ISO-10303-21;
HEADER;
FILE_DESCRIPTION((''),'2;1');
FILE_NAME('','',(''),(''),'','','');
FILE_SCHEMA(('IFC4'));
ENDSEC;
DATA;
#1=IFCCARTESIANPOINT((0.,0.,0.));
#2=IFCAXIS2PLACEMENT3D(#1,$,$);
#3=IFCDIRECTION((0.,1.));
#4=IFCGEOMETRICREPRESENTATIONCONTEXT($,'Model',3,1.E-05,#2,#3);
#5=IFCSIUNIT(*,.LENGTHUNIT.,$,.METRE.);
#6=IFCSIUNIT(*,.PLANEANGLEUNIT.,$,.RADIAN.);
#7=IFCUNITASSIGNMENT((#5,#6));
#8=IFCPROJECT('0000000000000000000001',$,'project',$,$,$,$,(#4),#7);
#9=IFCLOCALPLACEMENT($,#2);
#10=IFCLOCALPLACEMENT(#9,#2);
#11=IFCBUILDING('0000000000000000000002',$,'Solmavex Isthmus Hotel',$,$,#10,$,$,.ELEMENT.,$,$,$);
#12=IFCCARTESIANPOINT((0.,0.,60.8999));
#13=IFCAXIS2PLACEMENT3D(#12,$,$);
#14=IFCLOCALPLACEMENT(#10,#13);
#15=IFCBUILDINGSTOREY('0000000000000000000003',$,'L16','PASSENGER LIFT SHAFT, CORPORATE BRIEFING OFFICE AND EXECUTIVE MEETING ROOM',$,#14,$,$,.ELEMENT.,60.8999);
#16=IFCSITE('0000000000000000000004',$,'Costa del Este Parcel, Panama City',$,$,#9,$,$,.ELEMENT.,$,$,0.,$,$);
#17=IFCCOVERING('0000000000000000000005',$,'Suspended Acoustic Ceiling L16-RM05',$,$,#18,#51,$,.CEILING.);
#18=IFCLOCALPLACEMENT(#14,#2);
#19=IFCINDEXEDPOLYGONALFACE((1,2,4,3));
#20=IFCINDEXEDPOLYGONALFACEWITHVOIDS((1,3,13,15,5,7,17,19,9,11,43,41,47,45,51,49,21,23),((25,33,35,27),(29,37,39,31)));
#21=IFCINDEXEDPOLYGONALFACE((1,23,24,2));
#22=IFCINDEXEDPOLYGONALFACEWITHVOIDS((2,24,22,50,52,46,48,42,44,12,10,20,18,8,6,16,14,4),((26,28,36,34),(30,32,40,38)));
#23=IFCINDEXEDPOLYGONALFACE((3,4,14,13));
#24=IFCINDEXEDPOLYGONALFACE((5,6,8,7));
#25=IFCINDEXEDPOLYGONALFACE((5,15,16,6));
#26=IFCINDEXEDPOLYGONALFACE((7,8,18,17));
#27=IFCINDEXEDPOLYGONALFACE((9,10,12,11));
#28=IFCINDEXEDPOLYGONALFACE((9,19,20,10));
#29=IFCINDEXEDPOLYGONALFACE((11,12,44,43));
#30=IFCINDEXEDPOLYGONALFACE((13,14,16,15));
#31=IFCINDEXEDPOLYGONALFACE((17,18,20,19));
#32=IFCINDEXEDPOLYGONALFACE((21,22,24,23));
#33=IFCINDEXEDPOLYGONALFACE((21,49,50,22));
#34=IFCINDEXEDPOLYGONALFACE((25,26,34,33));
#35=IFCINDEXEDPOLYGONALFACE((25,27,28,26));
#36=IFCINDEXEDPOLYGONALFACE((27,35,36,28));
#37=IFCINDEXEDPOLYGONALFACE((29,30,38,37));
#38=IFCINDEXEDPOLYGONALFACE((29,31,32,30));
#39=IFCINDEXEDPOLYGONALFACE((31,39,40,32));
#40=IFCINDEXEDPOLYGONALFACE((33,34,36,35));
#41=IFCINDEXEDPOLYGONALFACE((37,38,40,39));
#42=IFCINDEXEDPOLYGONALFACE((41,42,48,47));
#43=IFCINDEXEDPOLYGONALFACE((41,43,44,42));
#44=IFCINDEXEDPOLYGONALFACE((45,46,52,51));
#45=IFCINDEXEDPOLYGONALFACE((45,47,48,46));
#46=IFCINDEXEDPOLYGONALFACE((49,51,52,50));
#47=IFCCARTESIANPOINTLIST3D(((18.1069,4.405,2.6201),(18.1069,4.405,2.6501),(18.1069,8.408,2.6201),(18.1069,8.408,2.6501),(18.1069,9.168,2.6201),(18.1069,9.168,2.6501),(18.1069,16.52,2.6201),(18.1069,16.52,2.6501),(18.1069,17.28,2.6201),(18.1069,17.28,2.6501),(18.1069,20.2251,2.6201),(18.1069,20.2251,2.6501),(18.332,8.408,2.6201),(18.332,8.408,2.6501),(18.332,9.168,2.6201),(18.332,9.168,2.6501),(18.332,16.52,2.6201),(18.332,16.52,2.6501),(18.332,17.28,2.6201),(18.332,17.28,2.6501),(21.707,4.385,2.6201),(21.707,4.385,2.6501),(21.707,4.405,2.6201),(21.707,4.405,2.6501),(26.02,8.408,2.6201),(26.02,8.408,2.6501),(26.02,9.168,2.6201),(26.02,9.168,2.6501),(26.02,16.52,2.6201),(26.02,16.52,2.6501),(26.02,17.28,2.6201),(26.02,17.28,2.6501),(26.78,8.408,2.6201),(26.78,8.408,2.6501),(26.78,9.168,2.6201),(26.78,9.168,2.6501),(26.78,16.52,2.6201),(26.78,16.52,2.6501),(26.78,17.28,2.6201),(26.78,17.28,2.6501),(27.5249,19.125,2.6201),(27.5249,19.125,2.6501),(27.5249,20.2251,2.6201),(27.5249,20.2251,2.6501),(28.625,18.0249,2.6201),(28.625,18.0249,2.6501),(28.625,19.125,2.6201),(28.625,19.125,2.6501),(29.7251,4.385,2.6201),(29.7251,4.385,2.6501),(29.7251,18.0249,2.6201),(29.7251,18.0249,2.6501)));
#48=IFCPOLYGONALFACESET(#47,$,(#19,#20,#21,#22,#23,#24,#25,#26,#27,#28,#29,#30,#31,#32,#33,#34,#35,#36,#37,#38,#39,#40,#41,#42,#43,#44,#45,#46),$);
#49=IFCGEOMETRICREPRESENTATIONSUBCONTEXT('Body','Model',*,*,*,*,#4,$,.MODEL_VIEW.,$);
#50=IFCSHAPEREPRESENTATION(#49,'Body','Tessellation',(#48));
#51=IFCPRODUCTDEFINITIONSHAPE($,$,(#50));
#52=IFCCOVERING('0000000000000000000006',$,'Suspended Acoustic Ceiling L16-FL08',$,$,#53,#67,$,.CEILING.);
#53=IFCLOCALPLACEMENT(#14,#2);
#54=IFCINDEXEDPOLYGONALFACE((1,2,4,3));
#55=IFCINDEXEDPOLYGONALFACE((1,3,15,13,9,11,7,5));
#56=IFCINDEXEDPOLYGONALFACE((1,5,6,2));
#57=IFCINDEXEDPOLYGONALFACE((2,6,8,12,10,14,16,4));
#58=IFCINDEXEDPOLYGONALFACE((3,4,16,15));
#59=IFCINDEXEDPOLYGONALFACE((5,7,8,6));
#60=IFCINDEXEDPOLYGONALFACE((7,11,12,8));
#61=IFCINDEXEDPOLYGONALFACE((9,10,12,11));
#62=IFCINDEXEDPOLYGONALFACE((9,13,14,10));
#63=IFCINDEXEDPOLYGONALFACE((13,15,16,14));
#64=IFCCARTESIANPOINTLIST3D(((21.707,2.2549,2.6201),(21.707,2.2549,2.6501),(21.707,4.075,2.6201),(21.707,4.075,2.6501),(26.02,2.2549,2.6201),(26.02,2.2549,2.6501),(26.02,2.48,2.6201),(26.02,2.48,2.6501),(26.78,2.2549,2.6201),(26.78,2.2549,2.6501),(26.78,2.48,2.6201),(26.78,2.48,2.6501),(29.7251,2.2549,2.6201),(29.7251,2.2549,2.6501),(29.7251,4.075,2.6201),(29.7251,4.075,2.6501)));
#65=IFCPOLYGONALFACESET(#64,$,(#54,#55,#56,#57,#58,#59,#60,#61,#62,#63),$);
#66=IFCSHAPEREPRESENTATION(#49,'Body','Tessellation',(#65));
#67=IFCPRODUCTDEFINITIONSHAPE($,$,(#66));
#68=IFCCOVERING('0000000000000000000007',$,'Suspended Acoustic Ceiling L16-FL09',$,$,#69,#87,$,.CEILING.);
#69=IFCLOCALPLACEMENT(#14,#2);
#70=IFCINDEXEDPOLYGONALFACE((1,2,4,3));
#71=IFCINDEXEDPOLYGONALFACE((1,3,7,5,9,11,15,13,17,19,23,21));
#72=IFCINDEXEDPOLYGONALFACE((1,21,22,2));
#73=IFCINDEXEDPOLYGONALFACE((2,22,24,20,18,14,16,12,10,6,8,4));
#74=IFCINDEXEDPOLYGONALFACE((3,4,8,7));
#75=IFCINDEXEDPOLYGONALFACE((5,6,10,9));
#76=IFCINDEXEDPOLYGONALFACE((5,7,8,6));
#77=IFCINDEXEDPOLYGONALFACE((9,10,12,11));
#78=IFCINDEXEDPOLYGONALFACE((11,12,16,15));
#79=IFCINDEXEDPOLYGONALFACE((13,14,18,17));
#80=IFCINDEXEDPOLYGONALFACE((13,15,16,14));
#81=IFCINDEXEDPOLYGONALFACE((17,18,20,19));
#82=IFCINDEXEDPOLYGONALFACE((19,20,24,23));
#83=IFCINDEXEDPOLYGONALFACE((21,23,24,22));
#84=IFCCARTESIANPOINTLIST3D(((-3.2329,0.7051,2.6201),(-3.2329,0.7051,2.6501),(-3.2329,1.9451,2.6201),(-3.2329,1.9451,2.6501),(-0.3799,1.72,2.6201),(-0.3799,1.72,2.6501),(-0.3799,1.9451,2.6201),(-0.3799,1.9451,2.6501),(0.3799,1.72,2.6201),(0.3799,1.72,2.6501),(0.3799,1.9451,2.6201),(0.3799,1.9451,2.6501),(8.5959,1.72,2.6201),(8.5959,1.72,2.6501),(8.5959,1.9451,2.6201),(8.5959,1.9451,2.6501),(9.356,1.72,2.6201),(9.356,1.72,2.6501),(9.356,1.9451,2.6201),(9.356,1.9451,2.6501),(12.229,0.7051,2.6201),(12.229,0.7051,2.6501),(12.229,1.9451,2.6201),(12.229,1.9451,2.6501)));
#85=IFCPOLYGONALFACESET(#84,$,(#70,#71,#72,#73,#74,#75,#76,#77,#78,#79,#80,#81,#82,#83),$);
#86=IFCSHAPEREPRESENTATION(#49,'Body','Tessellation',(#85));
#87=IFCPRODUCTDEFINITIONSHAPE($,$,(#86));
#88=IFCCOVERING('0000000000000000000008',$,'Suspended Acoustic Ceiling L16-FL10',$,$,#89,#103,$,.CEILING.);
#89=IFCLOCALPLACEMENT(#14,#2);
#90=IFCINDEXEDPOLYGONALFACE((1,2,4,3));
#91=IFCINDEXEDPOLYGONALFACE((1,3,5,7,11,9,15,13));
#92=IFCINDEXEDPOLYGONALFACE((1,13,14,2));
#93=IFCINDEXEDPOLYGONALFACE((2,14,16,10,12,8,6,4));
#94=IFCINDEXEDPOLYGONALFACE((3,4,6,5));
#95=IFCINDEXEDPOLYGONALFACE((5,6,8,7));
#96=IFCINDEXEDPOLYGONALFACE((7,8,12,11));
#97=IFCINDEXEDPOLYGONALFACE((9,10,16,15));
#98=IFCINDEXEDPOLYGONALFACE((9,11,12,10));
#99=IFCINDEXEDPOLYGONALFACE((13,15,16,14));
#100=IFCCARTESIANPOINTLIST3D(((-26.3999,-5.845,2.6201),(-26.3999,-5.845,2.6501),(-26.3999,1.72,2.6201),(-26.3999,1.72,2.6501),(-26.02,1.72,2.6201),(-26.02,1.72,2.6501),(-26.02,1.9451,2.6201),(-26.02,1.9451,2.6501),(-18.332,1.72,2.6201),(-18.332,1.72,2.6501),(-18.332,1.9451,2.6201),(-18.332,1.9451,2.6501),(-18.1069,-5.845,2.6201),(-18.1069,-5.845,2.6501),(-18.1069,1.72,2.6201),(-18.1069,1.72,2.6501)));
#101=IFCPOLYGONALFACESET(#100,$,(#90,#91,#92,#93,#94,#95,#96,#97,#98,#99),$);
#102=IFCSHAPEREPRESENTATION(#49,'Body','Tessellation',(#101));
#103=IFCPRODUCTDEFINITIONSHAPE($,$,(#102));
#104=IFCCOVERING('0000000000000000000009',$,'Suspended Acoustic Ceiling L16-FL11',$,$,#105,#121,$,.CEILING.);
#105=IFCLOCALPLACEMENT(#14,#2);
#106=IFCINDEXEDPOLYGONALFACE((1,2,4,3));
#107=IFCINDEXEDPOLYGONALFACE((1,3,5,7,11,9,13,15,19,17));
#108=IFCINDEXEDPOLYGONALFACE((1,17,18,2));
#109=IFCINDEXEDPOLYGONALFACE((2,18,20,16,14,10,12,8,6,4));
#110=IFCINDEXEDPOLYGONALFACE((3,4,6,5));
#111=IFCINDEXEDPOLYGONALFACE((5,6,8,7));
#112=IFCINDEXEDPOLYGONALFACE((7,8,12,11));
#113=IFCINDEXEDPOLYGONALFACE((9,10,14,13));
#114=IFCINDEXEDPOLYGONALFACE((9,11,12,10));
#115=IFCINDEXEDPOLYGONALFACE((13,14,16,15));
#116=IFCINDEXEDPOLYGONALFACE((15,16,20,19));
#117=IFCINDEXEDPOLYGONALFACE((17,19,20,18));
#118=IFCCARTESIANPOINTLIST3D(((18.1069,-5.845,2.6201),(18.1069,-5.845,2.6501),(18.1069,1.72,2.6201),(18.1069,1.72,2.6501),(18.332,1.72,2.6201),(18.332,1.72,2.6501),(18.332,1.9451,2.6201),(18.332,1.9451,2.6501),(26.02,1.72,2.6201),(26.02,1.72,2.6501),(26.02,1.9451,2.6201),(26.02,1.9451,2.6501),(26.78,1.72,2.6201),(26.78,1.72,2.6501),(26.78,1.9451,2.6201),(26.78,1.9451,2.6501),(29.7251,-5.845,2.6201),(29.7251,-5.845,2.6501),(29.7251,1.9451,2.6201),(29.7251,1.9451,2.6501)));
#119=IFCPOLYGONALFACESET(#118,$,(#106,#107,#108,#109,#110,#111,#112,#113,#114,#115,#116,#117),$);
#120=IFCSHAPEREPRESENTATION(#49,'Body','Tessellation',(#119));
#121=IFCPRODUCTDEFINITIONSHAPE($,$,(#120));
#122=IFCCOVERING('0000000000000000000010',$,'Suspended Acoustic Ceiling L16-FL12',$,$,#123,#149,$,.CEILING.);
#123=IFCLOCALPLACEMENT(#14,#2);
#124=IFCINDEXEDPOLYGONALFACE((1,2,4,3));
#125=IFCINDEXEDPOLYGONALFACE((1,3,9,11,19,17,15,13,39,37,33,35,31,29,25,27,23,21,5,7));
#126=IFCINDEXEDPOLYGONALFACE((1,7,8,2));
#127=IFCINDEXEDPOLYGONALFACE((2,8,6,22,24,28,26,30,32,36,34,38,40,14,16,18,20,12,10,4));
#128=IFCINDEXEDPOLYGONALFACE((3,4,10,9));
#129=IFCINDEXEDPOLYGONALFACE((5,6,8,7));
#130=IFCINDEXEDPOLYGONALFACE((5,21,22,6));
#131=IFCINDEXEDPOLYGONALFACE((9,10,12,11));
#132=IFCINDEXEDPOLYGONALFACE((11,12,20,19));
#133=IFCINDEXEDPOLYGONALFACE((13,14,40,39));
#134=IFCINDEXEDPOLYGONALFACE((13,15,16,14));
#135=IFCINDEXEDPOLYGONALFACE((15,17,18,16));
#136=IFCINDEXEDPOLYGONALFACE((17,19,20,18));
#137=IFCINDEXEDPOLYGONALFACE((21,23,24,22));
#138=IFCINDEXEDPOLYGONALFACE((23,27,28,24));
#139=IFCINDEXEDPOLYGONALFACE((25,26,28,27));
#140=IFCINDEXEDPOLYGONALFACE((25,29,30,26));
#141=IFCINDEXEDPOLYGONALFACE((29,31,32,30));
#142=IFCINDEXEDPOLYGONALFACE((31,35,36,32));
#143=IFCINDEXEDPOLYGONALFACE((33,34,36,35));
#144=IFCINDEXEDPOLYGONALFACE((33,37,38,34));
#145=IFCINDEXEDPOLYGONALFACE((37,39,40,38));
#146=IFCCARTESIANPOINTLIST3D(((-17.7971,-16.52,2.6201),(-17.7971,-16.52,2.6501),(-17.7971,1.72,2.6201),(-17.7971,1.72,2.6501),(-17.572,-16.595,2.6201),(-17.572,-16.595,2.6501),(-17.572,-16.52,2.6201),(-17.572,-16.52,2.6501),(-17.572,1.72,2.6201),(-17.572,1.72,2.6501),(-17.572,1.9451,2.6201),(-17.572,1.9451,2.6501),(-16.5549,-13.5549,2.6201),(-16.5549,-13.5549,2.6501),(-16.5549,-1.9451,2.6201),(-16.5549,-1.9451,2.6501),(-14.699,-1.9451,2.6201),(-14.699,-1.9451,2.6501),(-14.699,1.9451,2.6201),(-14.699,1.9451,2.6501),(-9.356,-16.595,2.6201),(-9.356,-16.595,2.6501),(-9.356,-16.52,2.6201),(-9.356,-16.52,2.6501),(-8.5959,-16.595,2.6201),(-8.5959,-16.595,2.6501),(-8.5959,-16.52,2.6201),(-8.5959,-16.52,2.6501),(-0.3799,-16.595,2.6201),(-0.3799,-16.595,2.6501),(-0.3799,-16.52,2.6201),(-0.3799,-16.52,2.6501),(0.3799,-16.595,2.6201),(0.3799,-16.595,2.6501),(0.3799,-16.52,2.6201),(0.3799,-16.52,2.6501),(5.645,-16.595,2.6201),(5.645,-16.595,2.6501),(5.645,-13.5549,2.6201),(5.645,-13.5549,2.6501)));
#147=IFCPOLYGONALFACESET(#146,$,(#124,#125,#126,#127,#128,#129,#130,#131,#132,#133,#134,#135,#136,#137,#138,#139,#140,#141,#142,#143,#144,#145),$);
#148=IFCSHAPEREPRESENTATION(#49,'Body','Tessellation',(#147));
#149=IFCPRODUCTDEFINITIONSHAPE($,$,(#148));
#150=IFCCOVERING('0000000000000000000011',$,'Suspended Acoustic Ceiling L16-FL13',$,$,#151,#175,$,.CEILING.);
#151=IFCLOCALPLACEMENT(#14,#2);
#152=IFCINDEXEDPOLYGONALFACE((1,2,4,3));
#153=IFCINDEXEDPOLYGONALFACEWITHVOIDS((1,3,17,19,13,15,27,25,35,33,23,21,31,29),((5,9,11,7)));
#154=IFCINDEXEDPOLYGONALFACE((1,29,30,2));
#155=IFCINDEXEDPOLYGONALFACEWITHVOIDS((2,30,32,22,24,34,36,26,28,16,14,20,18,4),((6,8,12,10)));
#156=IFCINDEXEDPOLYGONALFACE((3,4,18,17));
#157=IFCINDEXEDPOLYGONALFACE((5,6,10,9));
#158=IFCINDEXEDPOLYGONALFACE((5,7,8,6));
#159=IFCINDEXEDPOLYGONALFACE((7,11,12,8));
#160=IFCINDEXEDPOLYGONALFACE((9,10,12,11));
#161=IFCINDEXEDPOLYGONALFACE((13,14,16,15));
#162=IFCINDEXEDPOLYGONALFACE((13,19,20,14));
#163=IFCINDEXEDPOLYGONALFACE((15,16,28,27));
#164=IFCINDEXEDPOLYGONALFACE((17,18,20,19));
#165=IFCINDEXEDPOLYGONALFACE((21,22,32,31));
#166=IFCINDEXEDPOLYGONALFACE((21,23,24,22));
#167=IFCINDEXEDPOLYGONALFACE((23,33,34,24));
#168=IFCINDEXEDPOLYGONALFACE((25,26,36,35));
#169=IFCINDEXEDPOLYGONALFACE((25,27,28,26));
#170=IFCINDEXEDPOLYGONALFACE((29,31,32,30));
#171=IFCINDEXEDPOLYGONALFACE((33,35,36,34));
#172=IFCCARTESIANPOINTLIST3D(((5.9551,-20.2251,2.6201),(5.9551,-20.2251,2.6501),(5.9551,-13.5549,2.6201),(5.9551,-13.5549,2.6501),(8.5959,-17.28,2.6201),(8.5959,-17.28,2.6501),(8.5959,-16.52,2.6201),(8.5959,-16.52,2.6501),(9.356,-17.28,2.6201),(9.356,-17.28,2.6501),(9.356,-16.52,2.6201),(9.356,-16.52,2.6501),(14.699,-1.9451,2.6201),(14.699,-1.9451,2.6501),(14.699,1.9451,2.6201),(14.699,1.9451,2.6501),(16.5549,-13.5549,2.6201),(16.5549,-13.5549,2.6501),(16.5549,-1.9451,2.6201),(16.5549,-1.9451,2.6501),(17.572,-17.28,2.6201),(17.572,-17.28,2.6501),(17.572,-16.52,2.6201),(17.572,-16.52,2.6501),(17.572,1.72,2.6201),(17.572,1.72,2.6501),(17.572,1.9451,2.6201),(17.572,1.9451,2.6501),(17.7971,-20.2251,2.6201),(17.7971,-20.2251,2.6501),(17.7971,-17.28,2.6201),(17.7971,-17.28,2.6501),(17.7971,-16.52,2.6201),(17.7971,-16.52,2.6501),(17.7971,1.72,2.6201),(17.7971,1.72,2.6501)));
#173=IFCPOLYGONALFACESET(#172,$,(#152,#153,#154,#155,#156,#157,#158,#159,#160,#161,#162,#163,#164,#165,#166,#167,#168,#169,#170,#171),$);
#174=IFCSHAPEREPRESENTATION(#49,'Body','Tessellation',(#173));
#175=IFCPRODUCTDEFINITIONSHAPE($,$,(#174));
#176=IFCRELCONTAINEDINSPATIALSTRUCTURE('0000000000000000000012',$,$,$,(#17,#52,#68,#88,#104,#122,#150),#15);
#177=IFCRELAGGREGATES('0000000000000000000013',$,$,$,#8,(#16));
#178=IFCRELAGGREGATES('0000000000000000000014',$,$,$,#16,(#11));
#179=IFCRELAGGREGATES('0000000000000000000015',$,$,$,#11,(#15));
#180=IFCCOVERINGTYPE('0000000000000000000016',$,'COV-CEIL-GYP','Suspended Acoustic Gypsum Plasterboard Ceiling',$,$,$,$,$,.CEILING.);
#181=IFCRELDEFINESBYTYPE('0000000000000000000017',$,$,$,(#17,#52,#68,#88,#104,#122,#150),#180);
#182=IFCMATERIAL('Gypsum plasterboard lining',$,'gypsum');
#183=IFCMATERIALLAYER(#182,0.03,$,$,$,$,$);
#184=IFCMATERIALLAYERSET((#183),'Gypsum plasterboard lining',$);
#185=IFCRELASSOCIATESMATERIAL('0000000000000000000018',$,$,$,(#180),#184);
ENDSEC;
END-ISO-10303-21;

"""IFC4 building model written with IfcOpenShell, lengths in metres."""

from ifc_helpers import new_model, si_unit, direction, frame, origin, place, context, subcontext, project, spatial, polyline, outline, extrude, material, layer, layer_set, type_object, element, save


model = new_model("IFC4")

# Units and contexts
model_context = context("Model", 3, precision=1e-05, world=origin(), true_north=direction((0.0, 1.0)))
body_context = subcontext(model_context, "Body", "Model", "MODEL_VIEW")
ifc_project = project(units=[si_unit("LENGTHUNIT", "METRE"), si_unit("PLANEANGLEUNIT", "RADIAN")], contexts=[model_context])

# Site, building, storey
site_placement = place(None, origin())
site = spatial("IfcSite", under=ifc_project, at=site_placement, Name="Costa del Este Parcel, Panama City", CompositionType="ELEMENT", RefElevation=0.0)
building_placement = place(site_placement, origin())
building = spatial("IfcBuilding", under=site, at=building_placement, Name="Solmavex Isthmus Hotel", CompositionType="ELEMENT")
storey_placement = place(building_placement, frame((0.0, 0.0, 60.8999)))
storey = spatial("IfcBuildingStorey", under=building, at=storey_placement, Name="L16", Description="PASSENGER LIFT SHAFT, CORPORATE BRIEFING OFFICE AND EXECUTIVE MEETING ROOM", CompositionType="ELEMENT", Elevation=60.8999)

# Coverings
ifc_material_1 = material(Name="Gypsum plasterboard lining", Category="gypsum")
ifc_layer_1 = layer(ifc_material_1, 0.03)
ifc_layer_set_1 = layer_set([ifc_layer_1], Name="Gypsum plasterboard lining")
covering_type_1 = type_object("IfcCoveringType", Name="COV-CEIL-GYP", Description="Suspended Acoustic Gypsum Plasterboard Ceiling", PredefinedType="CEILING", material=ifc_layer_set_1)
covering_1_placement = place(storey_placement, frame((0.0, 0.0, 2.6201)))
element("IfcCovering", 1, at=covering_1_placement, inside=storey, type_object=covering_type_1, Name="Suspended Acoustic Ceiling L16-RM05", PredefinedType="CEILING", context=body_context, shape_type="SweptSolid", body=[
    extrude(outline(polyline([(18.1069, 9.168), (18.332, 9.168), (18.332, 8.408), (18.1069, 8.408), (18.1069, 4.405), (21.707, 4.405), (21.707, 4.385), (29.7251, 4.385), (29.7251, 18.0249), (28.625, 18.0249), (28.625, 19.125), (27.5249, 19.125), (27.5249, 20.2251), (18.1069, 20.2251), (18.1069, 17.28), (18.332, 17.28), (18.332, 16.52), (18.1069, 16.52), (18.1069, 9.168)]), holes=[polyline([(26.02, 8.408), (26.02, 9.168), (26.78, 9.168), (26.78, 8.408), (26.02, 8.408)]), polyline([(26.02, 16.52), (26.02, 17.28), (26.78, 17.28), (26.78, 16.52), (26.02, 16.52)])]), origin(), (0.0, 0.0, 1.0), 0.03),
])
covering_2_placement = place(storey_placement, frame((0.0, 0.0, 2.6201)))
element("IfcCovering", 2, at=covering_2_placement, inside=storey, type_object=covering_type_1, Name="Suspended Acoustic Ceiling L16-FL08", PredefinedType="CEILING", context=body_context, shape_type="SweptSolid", body=[
    extrude(outline(polyline([(26.02, 2.2549), (26.02, 2.48), (26.78, 2.48), (26.78, 2.2549), (29.7251, 2.2549), (29.7251, 4.075), (21.707, 4.075), (21.707, 2.2549), (26.02, 2.2549)])), origin(), (0.0, 0.0, 1.0), 0.03),
])
covering_3_placement = place(storey_placement, frame((0.0, 0.0, 2.6201)))
element("IfcCovering", 3, at=covering_3_placement, inside=storey, type_object=covering_type_1, Name="Suspended Acoustic Ceiling L16-FL09", PredefinedType="CEILING", context=body_context, shape_type="SweptSolid", body=[
    extrude(outline(polyline([(0.3799, 1.9451), (0.3799, 1.72), (-0.3799, 1.72), (-0.3799, 1.9451), (-3.2329, 1.9451), (-3.2329, 0.7051), (12.229, 0.7051), (12.229, 1.9451), (9.356, 1.9451), (9.356, 1.72), (8.5959, 1.72), (8.5959, 1.9451), (0.3799, 1.9451)])), origin(), (0.0, 0.0, 1.0), 0.03),
])
covering_4_placement = place(storey_placement, frame((0.0, 0.0, 2.6201)))
element("IfcCovering", 4, at=covering_4_placement, inside=storey, type_object=covering_type_1, Name="Suspended Acoustic Ceiling L16-FL10", PredefinedType="CEILING", context=body_context, shape_type="SweptSolid", body=[
    extrude(outline(polyline([(-26.02, 1.9451), (-26.02, 1.72), (-26.3999, 1.72), (-26.3999, -5.845), (-18.1069, -5.845), (-18.1069, 1.72), (-18.332, 1.72), (-18.332, 1.9451), (-26.02, 1.9451)])), origin(), (0.0, 0.0, 1.0), 0.03),
])
covering_5_placement = place(storey_placement, frame((0.0, 0.0, 2.6201)))
element("IfcCovering", 5, at=covering_5_placement, inside=storey, type_object=covering_type_1, Name="Suspended Acoustic Ceiling L16-FL11", PredefinedType="CEILING", context=body_context, shape_type="SweptSolid", body=[
    extrude(outline(polyline([(18.332, 1.9451), (18.332, 1.72), (18.1069, 1.72), (18.1069, -5.845), (29.7251, -5.845), (29.7251, 1.9451), (26.78, 1.9451), (26.78, 1.72), (26.02, 1.72), (26.02, 1.9451), (18.332, 1.9451)])), origin(), (0.0, 0.0, 1.0), 0.03),
])
covering_6_placement = place(storey_placement, frame((0.0, 0.0, 2.6201)))
element("IfcCovering", 6, at=covering_6_placement, inside=storey, type_object=covering_type_1, Name="Suspended Acoustic Ceiling L16-FL12", PredefinedType="CEILING", context=body_context, shape_type="SweptSolid", body=[
    extrude(outline(polyline([(-17.7971, -16.52), (-17.572, -16.52), (-17.572, -16.595), (-9.356, -16.595), (-9.356, -16.52), (-8.5959, -16.52), (-8.5959, -16.595), (-0.3799, -16.595), (-0.3799, -16.52), (0.3799, -16.52), (0.3799, -16.595), (5.645, -16.595), (5.645, -13.5549), (-16.5549, -13.5549), (-16.5549, -1.9451), (-14.699, -1.9451), (-14.699, 1.9451), (-17.572, 1.9451), (-17.572, 1.72), (-17.7971, 1.72), (-17.7971, -16.52)])), origin(), (0.0, 0.0, 1.0), 0.03),
])
covering_7_placement = place(storey_placement, frame((0.0, 0.0, 2.6201)))
element("IfcCovering", 7, at=covering_7_placement, inside=storey, type_object=covering_type_1, Name="Suspended Acoustic Ceiling L16-FL13", PredefinedType="CEILING", context=body_context, shape_type="SweptSolid", body=[
    extrude(outline(polyline([(17.7971, 1.72), (17.572, 1.72), (17.572, 1.9451), (14.699, 1.9451), (14.699, -1.9451), (16.5549, -1.9451), (16.5549, -13.5549), (5.9551, -13.5549), (5.9551, -20.2251), (17.7971, -20.2251), (17.7971, -17.28), (17.572, -17.28), (17.572, -16.52), (17.7971, -16.52), (17.7971, 1.72)]), holes=[polyline([(8.5959, -17.28), (8.5959, -16.52), (9.356, -16.52), (9.356, -17.28), (8.5959, -17.28)])]), origin(), (0.0, 0.0, 1.0), 0.03),
])

save(model, "model.ifc")
